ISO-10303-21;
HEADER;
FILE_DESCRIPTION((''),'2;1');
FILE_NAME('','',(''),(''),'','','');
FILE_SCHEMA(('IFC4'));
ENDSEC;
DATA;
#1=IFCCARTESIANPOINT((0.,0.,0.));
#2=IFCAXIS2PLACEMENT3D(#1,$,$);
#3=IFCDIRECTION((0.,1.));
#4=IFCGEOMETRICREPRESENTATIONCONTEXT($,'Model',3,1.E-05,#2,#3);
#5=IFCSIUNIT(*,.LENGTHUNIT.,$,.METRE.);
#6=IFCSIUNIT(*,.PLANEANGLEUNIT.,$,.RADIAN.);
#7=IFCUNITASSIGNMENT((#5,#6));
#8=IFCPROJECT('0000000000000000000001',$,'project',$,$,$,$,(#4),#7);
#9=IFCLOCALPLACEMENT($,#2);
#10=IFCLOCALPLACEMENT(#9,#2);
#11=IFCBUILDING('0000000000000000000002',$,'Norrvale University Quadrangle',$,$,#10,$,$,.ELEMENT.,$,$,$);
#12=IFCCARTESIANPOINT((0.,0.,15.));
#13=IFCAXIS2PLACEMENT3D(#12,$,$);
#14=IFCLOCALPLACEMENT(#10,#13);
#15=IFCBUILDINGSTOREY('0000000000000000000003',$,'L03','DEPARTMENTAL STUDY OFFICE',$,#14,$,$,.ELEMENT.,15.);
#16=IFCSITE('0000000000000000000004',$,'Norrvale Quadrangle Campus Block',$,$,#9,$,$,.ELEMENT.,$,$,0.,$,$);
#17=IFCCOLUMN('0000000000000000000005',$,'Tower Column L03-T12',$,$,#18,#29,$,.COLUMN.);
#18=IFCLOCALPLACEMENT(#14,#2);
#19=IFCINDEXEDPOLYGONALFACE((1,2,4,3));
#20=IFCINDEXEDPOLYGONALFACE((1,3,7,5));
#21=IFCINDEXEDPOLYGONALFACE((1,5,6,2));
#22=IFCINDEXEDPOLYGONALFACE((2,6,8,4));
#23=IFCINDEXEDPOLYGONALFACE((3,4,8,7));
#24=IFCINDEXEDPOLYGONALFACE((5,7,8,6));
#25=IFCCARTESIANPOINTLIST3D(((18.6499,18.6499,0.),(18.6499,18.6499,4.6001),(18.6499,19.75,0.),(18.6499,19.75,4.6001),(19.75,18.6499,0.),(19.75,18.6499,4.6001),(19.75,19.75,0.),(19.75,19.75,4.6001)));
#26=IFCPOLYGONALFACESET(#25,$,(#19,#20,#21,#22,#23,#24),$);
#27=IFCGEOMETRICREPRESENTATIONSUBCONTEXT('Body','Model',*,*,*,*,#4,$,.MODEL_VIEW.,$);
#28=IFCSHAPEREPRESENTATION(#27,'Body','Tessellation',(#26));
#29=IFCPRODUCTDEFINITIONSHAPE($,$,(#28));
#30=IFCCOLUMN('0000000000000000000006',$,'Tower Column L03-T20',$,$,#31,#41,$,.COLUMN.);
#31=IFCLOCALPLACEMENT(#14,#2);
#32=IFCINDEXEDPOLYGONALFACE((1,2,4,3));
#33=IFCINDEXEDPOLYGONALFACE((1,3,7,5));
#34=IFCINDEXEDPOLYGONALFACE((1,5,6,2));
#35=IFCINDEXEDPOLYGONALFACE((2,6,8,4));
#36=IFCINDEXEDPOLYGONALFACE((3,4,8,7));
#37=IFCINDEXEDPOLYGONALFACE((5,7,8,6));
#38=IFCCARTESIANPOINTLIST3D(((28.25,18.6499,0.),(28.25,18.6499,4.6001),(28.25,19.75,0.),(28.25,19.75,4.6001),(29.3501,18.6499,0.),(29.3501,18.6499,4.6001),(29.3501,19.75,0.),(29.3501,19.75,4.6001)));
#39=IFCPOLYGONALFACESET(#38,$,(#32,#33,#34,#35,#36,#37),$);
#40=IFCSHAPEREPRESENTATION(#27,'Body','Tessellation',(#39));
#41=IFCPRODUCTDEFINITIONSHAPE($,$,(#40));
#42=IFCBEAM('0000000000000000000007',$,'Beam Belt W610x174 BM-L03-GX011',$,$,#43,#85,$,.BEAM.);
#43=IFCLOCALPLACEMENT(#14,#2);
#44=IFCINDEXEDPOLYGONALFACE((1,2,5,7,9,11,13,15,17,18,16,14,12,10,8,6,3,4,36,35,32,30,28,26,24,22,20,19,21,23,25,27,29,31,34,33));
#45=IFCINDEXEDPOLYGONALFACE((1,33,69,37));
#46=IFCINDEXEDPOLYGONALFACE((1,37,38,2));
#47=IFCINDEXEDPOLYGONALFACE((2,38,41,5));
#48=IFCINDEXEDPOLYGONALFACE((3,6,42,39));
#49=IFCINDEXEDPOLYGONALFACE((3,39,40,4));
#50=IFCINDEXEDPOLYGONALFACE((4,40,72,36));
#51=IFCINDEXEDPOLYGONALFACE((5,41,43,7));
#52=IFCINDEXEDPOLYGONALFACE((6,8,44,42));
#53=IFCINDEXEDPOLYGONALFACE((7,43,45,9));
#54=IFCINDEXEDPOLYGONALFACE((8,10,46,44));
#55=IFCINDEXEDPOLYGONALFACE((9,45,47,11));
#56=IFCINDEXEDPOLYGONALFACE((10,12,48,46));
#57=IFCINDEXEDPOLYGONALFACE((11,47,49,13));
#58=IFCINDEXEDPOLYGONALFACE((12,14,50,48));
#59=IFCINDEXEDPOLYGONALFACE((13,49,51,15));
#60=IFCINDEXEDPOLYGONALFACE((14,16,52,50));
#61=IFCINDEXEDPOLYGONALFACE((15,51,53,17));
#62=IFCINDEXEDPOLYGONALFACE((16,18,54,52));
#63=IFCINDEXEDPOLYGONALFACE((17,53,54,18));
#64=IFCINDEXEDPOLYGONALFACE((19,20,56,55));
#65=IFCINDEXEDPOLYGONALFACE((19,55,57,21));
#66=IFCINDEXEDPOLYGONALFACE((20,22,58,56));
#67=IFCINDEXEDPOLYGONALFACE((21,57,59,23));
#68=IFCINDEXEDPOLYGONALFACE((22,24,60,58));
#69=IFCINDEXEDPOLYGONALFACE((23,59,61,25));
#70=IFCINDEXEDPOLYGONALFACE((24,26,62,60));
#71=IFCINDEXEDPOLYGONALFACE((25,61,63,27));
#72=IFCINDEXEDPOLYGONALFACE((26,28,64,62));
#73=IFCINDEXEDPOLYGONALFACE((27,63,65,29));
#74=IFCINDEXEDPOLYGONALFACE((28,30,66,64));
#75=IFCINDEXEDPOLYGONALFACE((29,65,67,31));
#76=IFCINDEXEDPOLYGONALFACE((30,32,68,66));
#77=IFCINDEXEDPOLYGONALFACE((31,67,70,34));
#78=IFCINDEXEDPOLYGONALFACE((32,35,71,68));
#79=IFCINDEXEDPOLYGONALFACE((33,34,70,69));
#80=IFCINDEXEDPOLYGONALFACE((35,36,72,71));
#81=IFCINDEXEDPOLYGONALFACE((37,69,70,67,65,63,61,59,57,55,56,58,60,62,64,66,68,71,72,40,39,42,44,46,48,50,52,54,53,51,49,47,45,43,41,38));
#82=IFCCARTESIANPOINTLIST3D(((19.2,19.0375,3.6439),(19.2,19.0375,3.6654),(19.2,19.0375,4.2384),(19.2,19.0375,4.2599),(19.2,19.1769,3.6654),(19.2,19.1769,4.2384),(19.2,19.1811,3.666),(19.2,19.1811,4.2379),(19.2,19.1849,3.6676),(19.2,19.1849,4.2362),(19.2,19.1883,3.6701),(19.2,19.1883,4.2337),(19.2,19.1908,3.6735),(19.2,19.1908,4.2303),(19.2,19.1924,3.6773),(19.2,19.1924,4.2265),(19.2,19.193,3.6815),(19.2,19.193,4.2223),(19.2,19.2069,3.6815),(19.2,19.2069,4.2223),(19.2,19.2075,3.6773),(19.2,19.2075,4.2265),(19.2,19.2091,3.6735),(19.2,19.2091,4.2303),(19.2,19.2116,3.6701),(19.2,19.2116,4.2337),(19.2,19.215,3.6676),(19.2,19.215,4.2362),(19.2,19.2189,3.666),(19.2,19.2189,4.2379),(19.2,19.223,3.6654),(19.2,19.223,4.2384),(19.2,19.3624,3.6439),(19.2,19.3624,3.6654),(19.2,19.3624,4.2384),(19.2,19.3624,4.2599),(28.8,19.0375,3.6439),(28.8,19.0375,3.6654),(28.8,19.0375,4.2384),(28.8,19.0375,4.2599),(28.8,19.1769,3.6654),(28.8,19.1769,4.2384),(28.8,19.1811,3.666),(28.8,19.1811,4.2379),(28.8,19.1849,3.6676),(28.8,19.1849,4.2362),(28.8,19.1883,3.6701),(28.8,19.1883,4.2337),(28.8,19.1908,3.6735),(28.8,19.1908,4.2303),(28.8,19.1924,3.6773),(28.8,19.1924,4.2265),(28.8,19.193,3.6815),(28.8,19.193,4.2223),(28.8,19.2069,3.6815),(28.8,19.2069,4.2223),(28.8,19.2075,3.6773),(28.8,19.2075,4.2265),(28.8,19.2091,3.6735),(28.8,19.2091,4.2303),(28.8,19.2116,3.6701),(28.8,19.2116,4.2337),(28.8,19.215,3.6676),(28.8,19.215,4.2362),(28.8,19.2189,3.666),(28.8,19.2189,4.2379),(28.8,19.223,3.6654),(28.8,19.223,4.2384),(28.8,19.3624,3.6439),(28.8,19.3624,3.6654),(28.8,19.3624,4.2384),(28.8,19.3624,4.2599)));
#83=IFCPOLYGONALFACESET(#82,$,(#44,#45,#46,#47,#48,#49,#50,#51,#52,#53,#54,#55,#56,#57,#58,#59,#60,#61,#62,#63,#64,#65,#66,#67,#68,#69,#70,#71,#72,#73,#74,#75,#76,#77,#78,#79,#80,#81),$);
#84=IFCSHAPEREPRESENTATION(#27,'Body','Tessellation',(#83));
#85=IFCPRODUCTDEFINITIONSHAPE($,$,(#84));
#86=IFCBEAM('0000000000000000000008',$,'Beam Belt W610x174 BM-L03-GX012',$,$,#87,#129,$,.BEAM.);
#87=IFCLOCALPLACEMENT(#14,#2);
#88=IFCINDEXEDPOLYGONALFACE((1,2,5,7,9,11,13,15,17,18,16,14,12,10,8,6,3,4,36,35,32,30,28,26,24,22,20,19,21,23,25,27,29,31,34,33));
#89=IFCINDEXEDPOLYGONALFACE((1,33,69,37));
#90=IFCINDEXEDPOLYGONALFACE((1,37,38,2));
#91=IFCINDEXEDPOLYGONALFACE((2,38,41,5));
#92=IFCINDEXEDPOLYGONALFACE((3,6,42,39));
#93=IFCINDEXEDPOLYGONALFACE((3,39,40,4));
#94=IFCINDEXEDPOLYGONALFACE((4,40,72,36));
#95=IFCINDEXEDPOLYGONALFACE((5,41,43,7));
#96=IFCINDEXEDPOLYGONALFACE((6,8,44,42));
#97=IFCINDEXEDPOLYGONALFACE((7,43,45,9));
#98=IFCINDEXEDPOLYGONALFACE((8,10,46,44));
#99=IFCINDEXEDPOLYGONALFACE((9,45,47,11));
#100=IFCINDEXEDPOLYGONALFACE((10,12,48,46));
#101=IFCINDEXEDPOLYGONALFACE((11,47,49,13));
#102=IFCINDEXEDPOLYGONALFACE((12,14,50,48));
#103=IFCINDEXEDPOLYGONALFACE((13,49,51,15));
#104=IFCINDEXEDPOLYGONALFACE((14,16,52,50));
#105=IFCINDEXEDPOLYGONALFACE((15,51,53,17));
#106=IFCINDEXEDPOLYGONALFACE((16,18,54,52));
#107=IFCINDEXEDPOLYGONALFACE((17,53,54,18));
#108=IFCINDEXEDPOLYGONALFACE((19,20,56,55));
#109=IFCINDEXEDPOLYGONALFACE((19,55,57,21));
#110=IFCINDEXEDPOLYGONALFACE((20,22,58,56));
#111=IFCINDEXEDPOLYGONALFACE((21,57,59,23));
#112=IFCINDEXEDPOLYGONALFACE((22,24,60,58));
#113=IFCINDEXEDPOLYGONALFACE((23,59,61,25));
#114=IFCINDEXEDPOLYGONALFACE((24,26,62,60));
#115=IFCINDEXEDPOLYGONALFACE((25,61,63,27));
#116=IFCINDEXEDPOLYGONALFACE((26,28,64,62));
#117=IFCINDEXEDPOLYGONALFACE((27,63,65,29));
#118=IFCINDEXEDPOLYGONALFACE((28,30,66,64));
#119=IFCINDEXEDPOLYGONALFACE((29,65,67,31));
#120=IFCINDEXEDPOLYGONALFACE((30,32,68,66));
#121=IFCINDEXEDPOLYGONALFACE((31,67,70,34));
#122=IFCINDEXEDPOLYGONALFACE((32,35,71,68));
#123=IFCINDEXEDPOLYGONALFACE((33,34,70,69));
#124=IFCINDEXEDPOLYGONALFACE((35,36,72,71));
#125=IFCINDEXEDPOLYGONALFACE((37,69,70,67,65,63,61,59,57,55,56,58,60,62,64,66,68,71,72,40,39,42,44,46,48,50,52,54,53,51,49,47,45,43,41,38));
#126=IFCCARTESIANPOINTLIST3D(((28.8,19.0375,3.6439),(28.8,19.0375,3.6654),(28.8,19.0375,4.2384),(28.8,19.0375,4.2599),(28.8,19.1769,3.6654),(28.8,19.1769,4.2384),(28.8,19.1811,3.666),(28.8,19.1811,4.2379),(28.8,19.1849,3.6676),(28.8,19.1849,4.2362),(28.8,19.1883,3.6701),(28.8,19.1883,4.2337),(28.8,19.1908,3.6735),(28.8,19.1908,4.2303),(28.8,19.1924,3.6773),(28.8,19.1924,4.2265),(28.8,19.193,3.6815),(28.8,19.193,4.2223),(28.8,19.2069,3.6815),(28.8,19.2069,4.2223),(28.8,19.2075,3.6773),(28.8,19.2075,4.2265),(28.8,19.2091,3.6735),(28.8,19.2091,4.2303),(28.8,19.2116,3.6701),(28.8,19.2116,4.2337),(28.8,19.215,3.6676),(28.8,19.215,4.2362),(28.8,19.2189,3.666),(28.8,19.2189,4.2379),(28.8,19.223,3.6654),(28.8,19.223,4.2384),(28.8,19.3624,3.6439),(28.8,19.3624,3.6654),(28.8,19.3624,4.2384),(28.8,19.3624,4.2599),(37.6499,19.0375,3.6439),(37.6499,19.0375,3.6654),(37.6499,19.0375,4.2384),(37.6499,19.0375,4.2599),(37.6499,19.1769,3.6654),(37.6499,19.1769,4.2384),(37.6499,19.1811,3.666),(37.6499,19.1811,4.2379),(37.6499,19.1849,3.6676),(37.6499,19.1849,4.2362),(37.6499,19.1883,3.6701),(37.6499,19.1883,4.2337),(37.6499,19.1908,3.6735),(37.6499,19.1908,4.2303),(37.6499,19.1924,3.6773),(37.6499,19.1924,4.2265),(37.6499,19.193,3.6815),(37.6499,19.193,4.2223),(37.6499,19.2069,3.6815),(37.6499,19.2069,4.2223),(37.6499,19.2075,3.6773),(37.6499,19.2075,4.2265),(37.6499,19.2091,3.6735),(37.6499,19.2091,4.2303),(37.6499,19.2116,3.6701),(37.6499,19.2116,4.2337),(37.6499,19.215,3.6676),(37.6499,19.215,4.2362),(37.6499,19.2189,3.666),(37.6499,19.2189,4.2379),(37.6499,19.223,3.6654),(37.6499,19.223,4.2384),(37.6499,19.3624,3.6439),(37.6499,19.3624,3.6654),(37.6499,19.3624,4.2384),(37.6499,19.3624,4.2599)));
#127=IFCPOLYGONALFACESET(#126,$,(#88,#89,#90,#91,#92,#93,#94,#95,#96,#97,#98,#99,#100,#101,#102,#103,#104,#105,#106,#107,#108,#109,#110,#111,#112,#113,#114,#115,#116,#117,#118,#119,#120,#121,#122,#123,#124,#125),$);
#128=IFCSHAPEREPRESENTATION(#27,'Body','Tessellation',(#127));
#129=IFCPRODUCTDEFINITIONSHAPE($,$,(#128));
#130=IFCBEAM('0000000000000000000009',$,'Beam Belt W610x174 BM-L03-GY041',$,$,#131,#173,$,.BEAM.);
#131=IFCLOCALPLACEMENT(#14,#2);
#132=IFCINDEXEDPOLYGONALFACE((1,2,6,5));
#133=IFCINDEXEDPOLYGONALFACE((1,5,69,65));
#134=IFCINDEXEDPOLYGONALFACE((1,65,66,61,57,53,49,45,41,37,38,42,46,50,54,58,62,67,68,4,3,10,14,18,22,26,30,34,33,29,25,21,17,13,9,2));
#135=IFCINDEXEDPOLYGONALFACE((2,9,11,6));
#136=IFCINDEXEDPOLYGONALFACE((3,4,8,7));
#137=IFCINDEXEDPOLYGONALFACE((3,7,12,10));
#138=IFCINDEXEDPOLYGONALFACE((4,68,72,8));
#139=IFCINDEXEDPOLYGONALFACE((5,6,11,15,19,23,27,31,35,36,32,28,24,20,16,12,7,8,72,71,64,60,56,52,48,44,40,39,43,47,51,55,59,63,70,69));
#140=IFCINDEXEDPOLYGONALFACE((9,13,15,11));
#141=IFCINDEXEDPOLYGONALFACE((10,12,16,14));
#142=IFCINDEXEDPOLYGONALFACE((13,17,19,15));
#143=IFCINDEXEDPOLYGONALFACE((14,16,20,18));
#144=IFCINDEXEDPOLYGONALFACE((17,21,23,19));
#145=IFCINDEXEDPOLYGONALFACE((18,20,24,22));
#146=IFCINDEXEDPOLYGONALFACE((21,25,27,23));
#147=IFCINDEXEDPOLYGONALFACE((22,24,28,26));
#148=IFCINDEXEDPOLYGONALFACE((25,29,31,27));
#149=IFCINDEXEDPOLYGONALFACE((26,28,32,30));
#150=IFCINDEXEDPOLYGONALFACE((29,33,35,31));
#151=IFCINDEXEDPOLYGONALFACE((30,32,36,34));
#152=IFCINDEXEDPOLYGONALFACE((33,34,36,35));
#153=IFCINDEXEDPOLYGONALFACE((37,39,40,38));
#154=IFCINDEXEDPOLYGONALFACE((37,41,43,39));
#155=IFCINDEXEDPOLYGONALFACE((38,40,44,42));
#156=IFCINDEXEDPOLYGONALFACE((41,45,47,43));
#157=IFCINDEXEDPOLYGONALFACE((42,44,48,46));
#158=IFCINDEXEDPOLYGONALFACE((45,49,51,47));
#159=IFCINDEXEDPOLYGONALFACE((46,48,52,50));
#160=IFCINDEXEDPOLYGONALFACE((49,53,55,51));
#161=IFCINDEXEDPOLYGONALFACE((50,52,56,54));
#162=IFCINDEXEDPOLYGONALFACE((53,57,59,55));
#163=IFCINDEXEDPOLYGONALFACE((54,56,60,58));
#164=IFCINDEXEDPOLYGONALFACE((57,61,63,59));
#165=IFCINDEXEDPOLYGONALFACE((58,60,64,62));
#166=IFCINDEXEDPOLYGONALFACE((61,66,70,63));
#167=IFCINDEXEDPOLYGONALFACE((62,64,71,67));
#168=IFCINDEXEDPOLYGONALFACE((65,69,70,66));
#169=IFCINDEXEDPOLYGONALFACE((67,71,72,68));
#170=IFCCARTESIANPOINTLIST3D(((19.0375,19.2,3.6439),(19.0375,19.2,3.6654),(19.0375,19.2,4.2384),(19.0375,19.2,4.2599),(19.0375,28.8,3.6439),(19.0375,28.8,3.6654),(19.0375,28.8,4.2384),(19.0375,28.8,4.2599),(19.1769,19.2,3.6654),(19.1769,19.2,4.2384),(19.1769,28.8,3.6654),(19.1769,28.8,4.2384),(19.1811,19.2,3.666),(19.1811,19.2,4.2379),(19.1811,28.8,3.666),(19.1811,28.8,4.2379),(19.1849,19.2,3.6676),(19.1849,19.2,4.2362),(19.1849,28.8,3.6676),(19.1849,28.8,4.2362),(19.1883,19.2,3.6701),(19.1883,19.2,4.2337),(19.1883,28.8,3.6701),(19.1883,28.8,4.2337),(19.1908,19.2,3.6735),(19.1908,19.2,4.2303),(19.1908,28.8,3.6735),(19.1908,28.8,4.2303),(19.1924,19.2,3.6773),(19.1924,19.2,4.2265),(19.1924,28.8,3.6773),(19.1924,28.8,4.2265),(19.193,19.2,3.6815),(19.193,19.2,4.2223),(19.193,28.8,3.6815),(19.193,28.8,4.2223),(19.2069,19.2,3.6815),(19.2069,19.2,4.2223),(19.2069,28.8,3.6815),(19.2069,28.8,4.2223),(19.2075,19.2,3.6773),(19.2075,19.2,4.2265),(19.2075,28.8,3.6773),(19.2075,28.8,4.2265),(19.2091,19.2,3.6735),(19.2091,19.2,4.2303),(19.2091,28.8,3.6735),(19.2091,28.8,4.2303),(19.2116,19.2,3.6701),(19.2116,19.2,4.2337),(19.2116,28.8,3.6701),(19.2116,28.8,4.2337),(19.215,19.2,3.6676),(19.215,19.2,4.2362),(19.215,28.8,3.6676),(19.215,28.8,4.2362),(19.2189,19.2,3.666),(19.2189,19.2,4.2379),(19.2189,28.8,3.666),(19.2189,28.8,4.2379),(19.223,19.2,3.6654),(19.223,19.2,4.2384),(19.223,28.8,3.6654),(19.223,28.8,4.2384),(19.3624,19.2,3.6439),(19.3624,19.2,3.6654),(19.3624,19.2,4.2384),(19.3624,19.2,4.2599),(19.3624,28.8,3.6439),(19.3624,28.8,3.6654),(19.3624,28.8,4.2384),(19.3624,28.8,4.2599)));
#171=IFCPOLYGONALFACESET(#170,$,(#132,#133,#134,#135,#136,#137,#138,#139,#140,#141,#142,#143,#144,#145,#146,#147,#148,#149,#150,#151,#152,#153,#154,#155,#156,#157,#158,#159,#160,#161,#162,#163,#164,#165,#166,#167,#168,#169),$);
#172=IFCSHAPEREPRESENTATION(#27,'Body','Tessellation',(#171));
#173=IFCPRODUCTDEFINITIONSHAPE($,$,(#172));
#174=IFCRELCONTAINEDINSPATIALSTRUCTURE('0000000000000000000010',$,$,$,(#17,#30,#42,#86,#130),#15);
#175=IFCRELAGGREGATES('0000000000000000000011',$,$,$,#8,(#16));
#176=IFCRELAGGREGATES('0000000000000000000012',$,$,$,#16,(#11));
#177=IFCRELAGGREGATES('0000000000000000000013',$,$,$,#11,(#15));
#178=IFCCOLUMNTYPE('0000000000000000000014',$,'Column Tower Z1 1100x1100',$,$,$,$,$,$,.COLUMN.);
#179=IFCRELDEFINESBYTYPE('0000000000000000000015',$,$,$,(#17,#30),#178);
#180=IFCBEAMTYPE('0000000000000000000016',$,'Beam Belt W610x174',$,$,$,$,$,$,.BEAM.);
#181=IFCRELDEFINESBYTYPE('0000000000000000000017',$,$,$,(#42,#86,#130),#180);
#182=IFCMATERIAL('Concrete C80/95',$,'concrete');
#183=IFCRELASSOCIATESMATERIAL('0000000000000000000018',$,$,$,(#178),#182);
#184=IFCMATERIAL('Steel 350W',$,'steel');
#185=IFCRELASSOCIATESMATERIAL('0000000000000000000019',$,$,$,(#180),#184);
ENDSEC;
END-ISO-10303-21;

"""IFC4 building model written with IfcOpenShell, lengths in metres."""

from ifc_helpers import new_model, si_unit, direction, frame, origin, origin_2d, place, context, subcontext, project, spatial, rectangle, i_section, extrude, material, material_profile, profile_set, type_object, element, save


model = new_model("IFC4")

# Units and contexts
model_context = context("Model", 3, precision=1e-05, world=origin(), true_north=direction((0.0, 1.0)))
body_context = subcontext(model_context, "Body", "Model", "MODEL_VIEW")
ifc_project = project(units=[si_unit("LENGTHUNIT", "METRE"), si_unit("PLANEANGLEUNIT", "RADIAN")], contexts=[model_context])

# Site, building, storey
site_placement = place(None, origin())
site = spatial("IfcSite", under=ifc_project, at=site_placement, Name="Norrvale Quadrangle Campus Block", CompositionType="ELEMENT", RefElevation=0.0)
building_placement = place(site_placement, origin())
building = spatial("IfcBuilding", under=site, at=building_placement, Name="Norrvale University Quadrangle", CompositionType="ELEMENT")
storey_placement = place(building_placement, frame((0.0, 0.0, 15.0)))
storey = spatial("IfcBuildingStorey", under=building, at=storey_placement, Name="L03", Description="DEPARTMENTAL STUDY OFFICE", CompositionType="ELEMENT", Elevation=15.0)

# Columns
ifc_material_1 = material(Name="Concrete C80/95", Category="concrete")
ifc_material_profile_1 = material_profile(ifc_material_1, rectangle(XDim=1.1001, YDim=1.1001, at=origin_2d()), Name="Concrete C80/95")
ifc_profile_set_1 = profile_set([ifc_material_profile_1], Name="Concrete C80/95")
column_type = type_object("IfcColumnType", Name="Column Tower Z1 1100x1100", PredefinedType="COLUMN", material=ifc_profile_set_1)
for number, where, z_axis, x_axis, name in (
    (1, (19.2, 19.2, 0.0), (0.0, 0.0, 1.0), (1.0, 0.0, 0.0), "Tower Column L03-T12"),
    (2, (28.8, 19.2, 0.0), (0.0, 0.0, 1.0), (1.0, 0.0, 0.0), "Tower Column L03-T20"),
):
    element("IfcColumn", number, at=place(storey_placement, frame(where, z_axis=z_axis, x_axis=x_axis)), inside=storey, type_object=column_type, Name=name, PredefinedType="COLUMN", context=body_context, shape_type="SweptSolid", body=[
        extrude(rectangle(XDim=1.1001, YDim=1.1001, at=origin_2d()), origin(), (0.0, 0.0, 1.0), 4.6001),
    ])

# Beams
ifc_material_2 = material(Name="Steel 350W", Category="steel")
ifc_material_profile_2 = material_profile(ifc_material_2, i_section(OverallWidth=0.325, OverallDepth=0.616, WebThickness=0.0139, FlangeThickness=0.0215, FilletRadius=0.0161, at=origin_2d()), Name="Steel 350W")
ifc_profile_set_2 = profile_set([ifc_material_profile_2], Name="Steel 350W")
beam_type_1 = type_object("IfcBeamType", Name="Beam Belt W610x174", PredefinedType="BEAM", material=ifc_profile_set_2)
beam_1_placement = place(storey_placement, frame((19.2, 19.2, 3.9519), z_axis=(1.0, 0.0, 0.0), x_axis=(0.0, 1.0, 0.0)))
element("IfcBeam", 3, at=beam_1_placement, inside=storey, type_object=beam_type_1, Name="Beam Belt W610x174 BM-L03-GX011", PredefinedType="BEAM", context=body_context, shape_type="SweptSolid", body=[
    extrude(i_section(OverallWidth=0.325, OverallDepth=0.616, WebThickness=0.0139, FlangeThickness=0.0215, FilletRadius=0.0161, at=origin_2d()), origin(), (0.0, 0.0, 1.0), 9.6001),
])
beam_2_placement = place(storey_placement, frame((28.8, 19.2, 3.9519), z_axis=(1.0, 0.0, 0.0), x_axis=(0.0, 1.0, 0.0)))
element("IfcBeam", 4, at=beam_2_placement, inside=storey, type_object=beam_type_1, Name="Beam Belt W610x174 BM-L03-GX012", PredefinedType="BEAM", context=body_context, shape_type="SweptSolid", body=[
    extrude(i_section(OverallWidth=0.325, OverallDepth=0.616, WebThickness=0.0139, FlangeThickness=0.0215, FilletRadius=0.0161, at=origin_2d()), origin(), (0.0, 0.0, 1.0), 8.8499),
])
for number, where, z_axis, x_axis, name in (
    (5, (19.2, 19.2, 3.9519), (0.0, 1.0, 0.0), (-1.0, 0.0, 0.0), "Beam Belt W610x174 BM-L03-GY041"),
):
    element("IfcBeam", number, at=place(storey_placement, frame(where, z_axis=z_axis, x_axis=x_axis)), inside=storey, type_object=beam_type_1, Name=name, PredefinedType="BEAM", context=body_context, shape_type="SweptSolid", body=[
        extrude(i_section(OverallWidth=0.325, OverallDepth=0.616, WebThickness=0.0139, FlangeThickness=0.0215, FilletRadius=0.0161, at=origin_2d()), origin(), (0.0, 0.0, 1.0), 9.6001),
    ])

save(model, "model.ifc")
